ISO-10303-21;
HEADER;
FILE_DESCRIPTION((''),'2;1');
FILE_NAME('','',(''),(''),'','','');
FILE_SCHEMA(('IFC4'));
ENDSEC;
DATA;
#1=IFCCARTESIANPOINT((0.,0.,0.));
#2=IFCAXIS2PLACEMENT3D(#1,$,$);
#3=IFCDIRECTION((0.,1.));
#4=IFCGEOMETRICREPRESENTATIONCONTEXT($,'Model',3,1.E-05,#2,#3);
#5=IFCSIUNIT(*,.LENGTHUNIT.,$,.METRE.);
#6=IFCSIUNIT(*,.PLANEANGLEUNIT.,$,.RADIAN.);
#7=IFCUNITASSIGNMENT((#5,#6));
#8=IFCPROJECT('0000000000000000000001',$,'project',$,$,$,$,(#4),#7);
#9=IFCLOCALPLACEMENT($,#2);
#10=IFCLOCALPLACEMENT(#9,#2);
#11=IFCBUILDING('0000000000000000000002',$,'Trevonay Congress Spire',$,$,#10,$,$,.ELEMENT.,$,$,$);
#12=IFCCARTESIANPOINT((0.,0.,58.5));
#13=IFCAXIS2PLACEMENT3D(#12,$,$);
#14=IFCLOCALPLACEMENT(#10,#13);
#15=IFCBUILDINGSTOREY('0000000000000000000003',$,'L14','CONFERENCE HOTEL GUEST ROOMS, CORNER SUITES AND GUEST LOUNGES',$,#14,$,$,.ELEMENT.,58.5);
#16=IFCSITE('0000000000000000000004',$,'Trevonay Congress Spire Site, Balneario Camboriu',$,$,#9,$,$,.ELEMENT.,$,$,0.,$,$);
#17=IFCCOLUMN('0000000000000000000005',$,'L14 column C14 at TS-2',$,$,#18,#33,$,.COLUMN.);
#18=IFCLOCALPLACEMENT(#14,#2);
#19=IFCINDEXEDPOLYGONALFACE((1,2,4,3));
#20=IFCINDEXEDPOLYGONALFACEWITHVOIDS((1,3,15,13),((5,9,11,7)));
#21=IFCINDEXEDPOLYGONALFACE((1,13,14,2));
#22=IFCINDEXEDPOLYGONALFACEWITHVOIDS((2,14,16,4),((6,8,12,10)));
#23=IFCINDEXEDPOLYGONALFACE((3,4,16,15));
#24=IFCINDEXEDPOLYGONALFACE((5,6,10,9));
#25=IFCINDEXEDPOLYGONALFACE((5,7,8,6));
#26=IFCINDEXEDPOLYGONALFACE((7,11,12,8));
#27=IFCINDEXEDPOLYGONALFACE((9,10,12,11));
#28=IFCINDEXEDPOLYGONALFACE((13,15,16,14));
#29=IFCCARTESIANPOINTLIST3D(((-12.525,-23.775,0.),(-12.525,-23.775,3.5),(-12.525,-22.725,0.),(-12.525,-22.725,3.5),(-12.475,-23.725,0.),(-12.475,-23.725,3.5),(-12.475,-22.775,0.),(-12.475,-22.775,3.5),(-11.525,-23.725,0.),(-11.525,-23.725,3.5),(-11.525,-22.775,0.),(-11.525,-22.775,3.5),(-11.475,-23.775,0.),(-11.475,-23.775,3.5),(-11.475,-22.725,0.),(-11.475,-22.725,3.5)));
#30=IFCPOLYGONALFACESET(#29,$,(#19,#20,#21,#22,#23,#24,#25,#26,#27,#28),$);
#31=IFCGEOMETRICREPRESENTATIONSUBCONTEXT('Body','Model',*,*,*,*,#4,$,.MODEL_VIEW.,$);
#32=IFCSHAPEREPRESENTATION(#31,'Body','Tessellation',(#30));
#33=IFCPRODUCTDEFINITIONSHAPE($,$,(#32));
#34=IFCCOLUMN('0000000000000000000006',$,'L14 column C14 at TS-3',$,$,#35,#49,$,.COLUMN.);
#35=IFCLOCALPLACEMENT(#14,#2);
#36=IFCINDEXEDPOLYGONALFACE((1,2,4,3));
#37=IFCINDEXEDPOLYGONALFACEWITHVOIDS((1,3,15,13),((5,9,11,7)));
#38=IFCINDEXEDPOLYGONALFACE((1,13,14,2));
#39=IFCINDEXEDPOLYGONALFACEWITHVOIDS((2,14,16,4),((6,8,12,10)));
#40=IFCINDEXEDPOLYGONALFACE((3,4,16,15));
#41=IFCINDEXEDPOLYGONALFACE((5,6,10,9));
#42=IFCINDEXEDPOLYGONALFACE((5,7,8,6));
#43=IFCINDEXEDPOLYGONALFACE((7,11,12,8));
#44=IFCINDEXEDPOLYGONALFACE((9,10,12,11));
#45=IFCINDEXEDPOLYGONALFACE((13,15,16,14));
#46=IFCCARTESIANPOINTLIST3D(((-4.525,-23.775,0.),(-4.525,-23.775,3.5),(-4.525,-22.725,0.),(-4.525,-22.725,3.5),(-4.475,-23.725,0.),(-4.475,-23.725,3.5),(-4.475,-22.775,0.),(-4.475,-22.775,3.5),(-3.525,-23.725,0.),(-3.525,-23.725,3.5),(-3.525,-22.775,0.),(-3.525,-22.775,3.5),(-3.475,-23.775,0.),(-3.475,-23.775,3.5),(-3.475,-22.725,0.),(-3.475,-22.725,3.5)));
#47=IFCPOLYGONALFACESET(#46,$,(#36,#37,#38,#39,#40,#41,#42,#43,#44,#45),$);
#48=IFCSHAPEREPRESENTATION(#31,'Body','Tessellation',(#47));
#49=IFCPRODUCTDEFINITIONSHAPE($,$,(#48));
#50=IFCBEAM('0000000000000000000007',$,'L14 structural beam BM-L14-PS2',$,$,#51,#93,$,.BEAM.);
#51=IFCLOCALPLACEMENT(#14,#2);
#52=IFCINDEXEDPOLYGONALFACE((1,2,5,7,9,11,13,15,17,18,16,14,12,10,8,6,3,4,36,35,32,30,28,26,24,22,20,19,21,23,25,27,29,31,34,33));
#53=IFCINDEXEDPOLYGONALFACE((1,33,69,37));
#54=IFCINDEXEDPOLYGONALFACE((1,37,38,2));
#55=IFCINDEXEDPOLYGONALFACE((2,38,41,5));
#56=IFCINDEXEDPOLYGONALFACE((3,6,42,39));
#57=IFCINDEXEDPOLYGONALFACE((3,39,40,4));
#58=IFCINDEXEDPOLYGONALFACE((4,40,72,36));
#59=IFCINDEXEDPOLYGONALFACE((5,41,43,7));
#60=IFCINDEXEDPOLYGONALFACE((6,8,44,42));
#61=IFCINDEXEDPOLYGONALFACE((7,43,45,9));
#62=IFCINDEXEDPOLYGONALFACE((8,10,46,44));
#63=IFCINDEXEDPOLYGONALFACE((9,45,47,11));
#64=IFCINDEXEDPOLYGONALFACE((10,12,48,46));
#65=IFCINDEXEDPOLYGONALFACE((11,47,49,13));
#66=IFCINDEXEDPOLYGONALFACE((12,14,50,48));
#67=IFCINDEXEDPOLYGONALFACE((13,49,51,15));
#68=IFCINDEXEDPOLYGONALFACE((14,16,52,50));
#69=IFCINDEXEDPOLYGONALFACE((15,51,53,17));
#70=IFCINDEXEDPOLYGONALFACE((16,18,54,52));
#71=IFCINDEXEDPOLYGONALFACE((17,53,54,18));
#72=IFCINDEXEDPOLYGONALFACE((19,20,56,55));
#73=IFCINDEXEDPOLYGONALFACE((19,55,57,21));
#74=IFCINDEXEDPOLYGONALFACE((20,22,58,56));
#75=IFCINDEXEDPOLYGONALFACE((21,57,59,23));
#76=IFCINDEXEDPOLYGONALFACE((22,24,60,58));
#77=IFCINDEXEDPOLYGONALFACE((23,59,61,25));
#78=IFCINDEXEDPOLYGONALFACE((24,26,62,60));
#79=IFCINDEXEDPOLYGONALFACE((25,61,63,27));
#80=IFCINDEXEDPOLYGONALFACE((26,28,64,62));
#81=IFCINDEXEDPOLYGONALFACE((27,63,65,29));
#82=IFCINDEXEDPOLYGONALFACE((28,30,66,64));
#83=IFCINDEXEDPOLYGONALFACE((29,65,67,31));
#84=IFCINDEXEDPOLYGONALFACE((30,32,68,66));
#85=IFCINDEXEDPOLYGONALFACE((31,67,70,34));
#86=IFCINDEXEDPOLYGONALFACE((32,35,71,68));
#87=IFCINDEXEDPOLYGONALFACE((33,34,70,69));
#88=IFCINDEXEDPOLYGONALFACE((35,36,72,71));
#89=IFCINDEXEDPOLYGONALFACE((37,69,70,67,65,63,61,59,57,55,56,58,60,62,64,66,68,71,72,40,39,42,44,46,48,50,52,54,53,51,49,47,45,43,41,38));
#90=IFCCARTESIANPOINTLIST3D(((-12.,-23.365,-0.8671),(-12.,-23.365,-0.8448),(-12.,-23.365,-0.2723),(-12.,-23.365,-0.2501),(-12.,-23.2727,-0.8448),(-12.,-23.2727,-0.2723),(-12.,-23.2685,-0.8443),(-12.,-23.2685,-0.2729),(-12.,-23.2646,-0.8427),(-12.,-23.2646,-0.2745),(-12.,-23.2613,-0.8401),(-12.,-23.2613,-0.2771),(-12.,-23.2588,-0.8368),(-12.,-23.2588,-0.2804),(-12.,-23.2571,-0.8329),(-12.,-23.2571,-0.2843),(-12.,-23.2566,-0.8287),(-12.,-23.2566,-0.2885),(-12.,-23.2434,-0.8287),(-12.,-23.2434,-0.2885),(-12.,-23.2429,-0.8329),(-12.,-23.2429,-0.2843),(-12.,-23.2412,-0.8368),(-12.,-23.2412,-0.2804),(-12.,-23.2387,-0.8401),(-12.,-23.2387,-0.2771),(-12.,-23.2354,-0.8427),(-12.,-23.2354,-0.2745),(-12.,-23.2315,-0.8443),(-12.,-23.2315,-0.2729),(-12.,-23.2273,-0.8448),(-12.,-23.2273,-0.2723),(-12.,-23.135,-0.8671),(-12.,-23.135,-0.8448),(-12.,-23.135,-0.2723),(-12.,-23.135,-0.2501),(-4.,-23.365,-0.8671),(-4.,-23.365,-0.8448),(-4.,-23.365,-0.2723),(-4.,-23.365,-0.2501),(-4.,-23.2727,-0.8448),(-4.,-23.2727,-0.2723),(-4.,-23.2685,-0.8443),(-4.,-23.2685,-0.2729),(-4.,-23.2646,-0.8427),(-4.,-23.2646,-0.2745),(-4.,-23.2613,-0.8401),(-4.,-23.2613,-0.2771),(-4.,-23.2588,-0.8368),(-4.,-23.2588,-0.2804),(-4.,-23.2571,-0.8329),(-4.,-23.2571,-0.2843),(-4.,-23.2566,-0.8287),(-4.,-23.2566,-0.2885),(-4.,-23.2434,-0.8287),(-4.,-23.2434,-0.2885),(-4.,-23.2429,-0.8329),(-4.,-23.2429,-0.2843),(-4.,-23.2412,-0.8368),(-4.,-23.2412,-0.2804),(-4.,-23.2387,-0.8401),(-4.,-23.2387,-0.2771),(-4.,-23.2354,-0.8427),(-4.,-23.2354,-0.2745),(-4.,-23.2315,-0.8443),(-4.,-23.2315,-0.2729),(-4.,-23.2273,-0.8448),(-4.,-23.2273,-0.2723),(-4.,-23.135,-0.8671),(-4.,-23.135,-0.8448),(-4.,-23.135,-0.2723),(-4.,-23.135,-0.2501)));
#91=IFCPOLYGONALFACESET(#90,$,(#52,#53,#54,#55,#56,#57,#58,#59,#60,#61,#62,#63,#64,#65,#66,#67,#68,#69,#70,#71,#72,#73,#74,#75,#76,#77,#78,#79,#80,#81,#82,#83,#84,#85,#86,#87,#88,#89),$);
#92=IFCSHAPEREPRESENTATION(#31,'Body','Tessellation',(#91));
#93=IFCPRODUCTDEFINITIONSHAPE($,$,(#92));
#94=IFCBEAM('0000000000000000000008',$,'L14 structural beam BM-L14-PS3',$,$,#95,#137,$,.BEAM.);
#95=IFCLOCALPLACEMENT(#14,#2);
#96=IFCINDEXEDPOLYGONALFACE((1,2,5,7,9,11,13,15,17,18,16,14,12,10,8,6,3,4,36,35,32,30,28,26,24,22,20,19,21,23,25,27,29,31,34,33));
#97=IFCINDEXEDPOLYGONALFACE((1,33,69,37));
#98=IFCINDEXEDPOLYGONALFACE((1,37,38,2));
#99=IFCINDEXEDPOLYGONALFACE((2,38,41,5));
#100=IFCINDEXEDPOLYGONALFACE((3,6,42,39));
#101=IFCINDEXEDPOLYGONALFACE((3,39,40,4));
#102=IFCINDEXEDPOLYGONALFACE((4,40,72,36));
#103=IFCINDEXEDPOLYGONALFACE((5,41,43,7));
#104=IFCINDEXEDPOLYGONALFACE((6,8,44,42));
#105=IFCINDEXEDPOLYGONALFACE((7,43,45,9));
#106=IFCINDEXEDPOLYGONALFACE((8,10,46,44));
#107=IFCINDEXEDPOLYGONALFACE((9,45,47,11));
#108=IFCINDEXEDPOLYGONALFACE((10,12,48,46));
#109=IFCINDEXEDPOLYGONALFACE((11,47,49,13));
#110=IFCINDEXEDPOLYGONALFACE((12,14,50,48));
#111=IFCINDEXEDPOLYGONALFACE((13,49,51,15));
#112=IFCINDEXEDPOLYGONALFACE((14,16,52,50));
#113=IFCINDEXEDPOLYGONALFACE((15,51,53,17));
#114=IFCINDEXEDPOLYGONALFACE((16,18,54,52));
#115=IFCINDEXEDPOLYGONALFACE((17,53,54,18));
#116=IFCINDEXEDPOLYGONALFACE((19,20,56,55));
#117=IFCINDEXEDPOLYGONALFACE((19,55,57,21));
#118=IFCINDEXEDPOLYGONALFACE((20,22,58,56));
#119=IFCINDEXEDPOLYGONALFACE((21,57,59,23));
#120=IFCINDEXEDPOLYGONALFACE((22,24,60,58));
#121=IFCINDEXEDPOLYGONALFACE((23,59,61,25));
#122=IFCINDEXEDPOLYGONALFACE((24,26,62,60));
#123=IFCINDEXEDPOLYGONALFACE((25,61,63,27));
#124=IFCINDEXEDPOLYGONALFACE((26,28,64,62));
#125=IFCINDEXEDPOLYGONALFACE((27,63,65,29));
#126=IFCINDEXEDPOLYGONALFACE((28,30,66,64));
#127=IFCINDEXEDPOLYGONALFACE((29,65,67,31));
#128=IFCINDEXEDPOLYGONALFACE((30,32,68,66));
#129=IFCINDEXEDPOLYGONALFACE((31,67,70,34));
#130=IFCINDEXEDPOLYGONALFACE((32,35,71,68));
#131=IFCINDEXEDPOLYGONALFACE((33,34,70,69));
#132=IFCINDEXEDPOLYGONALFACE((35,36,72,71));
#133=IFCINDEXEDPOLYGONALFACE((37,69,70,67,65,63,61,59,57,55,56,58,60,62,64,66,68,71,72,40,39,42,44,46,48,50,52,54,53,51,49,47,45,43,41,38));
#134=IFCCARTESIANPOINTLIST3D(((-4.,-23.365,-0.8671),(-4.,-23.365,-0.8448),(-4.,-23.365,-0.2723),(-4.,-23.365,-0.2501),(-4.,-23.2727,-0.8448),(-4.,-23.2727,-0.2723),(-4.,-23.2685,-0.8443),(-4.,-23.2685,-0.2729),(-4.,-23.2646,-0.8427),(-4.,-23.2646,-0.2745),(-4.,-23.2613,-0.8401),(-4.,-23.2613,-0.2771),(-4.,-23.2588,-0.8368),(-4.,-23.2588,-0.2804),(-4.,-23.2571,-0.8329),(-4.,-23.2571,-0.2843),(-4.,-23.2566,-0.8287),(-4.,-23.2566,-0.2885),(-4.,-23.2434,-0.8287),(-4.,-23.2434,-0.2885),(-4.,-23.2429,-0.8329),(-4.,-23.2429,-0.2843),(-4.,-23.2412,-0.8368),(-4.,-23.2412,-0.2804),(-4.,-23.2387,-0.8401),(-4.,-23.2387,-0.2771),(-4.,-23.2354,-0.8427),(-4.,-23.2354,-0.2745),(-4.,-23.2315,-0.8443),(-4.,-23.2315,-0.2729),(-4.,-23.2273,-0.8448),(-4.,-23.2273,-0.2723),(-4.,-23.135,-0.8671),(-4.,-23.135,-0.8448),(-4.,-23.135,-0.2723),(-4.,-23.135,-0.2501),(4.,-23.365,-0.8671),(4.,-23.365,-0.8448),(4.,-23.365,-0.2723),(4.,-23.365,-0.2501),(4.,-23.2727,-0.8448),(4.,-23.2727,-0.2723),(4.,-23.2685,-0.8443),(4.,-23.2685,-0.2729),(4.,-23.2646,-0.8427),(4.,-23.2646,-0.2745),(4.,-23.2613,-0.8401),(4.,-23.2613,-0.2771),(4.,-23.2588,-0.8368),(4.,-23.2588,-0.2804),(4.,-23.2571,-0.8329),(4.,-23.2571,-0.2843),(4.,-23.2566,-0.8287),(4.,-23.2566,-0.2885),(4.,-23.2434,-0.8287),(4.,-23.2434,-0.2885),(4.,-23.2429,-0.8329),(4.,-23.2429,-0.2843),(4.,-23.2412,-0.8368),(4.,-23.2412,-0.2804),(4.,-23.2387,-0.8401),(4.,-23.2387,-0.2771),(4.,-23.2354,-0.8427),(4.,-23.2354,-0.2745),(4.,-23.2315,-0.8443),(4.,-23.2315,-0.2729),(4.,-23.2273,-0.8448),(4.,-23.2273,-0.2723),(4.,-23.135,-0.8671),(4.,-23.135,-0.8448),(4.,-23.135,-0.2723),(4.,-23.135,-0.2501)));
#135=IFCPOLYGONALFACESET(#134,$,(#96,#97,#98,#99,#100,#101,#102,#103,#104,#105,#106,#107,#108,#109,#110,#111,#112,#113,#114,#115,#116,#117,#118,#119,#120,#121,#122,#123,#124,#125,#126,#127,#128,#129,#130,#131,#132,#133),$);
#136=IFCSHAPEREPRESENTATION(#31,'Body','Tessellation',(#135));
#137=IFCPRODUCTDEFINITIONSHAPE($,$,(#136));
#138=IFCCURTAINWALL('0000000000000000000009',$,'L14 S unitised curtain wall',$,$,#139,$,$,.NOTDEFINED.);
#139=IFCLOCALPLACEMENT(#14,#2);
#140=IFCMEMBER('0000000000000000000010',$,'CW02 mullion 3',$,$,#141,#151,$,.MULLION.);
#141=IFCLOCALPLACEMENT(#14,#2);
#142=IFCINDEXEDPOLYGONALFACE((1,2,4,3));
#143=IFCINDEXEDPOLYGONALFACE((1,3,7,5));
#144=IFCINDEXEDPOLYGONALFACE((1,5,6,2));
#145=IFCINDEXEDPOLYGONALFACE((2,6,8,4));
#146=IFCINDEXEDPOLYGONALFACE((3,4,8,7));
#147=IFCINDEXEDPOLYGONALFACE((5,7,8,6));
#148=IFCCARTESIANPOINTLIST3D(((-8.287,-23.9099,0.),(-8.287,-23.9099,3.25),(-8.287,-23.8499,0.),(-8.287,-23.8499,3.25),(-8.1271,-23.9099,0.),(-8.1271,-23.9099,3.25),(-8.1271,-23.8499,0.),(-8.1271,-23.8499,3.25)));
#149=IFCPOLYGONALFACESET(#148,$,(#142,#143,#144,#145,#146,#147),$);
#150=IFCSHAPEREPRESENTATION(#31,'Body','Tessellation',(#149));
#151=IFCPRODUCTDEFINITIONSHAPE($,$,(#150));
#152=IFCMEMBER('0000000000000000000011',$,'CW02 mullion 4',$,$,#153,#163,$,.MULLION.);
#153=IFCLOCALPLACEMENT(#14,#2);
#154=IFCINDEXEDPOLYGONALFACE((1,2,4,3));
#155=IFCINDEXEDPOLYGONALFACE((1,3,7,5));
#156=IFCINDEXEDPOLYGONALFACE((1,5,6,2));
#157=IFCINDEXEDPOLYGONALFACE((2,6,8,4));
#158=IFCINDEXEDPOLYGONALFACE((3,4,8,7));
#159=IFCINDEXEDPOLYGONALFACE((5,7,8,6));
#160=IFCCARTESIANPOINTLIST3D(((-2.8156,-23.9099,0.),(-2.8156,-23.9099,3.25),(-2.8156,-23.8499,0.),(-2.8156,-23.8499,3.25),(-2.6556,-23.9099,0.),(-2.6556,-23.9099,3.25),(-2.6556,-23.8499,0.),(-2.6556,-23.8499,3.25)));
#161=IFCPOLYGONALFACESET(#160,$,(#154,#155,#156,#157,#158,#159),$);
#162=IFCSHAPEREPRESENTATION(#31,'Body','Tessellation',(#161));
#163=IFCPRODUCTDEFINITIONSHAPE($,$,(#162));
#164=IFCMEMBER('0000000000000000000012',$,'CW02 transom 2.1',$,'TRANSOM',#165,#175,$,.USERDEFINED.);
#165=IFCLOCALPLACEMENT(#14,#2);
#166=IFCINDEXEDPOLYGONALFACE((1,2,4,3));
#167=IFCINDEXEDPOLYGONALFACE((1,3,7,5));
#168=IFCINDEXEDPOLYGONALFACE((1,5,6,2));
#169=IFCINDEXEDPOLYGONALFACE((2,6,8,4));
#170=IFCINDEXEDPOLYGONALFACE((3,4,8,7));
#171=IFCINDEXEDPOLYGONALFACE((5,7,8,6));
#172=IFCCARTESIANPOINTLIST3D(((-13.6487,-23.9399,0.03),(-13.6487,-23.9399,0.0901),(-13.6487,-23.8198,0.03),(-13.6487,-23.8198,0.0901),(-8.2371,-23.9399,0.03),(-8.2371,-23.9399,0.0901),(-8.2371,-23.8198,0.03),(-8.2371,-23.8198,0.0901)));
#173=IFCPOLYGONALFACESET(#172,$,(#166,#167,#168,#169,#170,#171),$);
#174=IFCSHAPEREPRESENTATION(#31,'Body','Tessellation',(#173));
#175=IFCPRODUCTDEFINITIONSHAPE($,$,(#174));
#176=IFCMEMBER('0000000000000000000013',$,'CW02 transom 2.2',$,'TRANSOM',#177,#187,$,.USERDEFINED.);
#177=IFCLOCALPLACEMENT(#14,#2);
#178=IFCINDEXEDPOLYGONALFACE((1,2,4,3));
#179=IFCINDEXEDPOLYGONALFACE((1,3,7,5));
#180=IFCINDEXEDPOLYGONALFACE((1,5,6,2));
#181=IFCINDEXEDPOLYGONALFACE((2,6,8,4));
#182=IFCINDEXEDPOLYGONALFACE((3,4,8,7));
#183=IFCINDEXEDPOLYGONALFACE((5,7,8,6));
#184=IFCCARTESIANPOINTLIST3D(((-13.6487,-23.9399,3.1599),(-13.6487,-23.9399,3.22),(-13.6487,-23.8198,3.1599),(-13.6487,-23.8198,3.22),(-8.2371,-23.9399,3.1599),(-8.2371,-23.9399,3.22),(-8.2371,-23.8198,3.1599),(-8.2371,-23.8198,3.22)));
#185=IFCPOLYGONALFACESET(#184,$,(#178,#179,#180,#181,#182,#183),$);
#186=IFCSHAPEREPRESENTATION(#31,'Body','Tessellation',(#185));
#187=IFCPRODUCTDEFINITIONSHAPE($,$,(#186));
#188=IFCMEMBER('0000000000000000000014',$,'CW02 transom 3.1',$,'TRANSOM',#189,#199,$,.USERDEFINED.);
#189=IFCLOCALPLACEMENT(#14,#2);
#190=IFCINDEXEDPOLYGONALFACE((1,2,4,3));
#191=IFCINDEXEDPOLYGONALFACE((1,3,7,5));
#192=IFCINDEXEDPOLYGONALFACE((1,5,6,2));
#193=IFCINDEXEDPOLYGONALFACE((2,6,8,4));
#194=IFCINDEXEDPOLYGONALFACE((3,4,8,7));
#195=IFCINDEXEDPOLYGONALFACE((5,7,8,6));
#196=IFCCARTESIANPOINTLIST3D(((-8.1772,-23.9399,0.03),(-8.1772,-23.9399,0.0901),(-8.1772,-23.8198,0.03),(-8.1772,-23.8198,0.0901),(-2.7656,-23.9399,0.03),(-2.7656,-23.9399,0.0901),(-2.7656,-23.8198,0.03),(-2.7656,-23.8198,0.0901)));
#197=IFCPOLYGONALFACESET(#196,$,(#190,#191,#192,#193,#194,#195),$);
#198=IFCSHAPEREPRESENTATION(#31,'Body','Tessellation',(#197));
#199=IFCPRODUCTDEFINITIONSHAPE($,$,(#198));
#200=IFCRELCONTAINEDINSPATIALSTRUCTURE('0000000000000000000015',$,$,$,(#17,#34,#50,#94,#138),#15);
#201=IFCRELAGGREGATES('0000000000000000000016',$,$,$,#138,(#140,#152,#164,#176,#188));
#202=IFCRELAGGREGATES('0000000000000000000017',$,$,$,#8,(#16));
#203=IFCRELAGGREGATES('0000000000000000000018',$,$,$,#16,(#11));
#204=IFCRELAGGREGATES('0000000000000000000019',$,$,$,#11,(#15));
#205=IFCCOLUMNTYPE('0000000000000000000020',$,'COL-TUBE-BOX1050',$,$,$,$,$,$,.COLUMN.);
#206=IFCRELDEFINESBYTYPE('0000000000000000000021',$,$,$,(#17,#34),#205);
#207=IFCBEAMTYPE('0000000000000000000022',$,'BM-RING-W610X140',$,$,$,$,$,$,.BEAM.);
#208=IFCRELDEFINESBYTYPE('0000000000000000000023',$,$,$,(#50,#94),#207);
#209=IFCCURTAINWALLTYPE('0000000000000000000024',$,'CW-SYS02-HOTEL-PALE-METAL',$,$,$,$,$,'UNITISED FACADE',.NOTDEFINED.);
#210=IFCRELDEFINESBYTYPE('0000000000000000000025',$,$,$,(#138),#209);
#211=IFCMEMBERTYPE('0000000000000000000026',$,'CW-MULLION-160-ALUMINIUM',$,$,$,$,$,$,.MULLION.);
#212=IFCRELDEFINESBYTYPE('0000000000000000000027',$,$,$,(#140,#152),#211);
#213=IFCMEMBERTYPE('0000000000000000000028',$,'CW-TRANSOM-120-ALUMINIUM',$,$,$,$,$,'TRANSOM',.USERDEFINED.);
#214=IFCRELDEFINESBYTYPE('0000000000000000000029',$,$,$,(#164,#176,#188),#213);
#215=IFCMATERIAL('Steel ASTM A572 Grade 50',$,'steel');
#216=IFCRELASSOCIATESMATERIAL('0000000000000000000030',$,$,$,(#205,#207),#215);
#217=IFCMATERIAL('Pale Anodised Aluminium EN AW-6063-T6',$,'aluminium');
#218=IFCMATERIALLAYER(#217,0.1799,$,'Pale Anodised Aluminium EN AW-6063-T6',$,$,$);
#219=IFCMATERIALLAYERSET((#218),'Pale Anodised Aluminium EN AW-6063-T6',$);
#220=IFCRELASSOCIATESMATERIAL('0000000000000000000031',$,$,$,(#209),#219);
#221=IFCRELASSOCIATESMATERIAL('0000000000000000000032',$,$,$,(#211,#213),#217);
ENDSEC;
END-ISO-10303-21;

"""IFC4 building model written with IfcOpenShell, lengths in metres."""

from ifc_helpers import new_model, si_unit, direction, frame, origin, origin_2d, place, context, subcontext, project, spatial, rectangle, hollow_rectangle, i_section, extrude, material, layer, layer_set, material_profile, profile_set, type_object, element, aggregate, save


model = new_model("IFC4")

# Units and contexts
model_context = context("Model", 3, precision=1e-05, world=origin(), true_north=direction((0.0, 1.0)))
body_context = subcontext(model_context, "Body", "Model", "MODEL_VIEW")
ifc_project = project(units=[si_unit("LENGTHUNIT", "METRE"), si_unit("PLANEANGLEUNIT", "RADIAN")], contexts=[model_context])

# Site, building, storey
site_placement = place(None, origin())
site = spatial("IfcSite", under=ifc_project, at=site_placement, Name="Trevonay Congress Spire Site, Balneario Camboriu", CompositionType="ELEMENT", RefElevation=0.0)
building_placement = place(site_placement, origin())
building = spatial("IfcBuilding", under=site, at=building_placement, Name="Trevonay Congress Spire", CompositionType="ELEMENT")
storey_placement = place(building_placement, frame((0.0, 0.0, 58.5)))
storey = spatial("IfcBuildingStorey", under=building, at=storey_placement, Name="L14", Description="CONFERENCE HOTEL GUEST ROOMS, CORNER SUITES AND GUEST LOUNGES", CompositionType="ELEMENT", Elevation=58.5)

# Columns
ifc_material_1 = material(Name="Steel ASTM A572 Grade 50", Category="steel")
ifc_material_profile_1 = material_profile(ifc_material_1, hollow_rectangle(XDim=1.05, YDim=1.05, WallThickness=0.05, at=origin_2d()), Name="BOX 1050x1050x50")
ifc_profile_set_1 = profile_set([ifc_material_profile_1], Name="Steel ASTM A572 Grade 50")
column_type = type_object("IfcColumnType", Name="COL-TUBE-BOX1050", PredefinedType="COLUMN", material=ifc_profile_set_1)
for number, where, z_axis, x_axis, name in (
    (1, (-12.0, -23.25, 0.0), (0.0, 0.0, 1.0), (1.0, 0.0, 0.0), "L14 column C14 at TS-2"),
    (2, (-4.0, -23.25, 0.0), (0.0, 0.0, 1.0), (1.0, 0.0, 0.0), "L14 column C14 at TS-3"),
):
    element("IfcColumn", number, at=place(storey_placement, frame(where, z_axis=z_axis, x_axis=x_axis)), inside=storey, type_object=column_type, Name=name, PredefinedType="COLUMN", context=body_context, shape_type="SweptSolid", body=[
        extrude(hollow_rectangle(XDim=1.05, YDim=1.05, WallThickness=0.05, at=origin_2d()), origin(), (0.0, 0.0, 1.0), 3.5),
    ])

# Beams
ifc_material_profile_2 = material_profile(ifc_material_1, i_section(OverallWidth=0.23, OverallDepth=0.6169, WebThickness=0.0132, FlangeThickness=0.0222, FilletRadius=0.0161, at=origin_2d()), Name="W610x140")
ifc_profile_set_2 = profile_set([ifc_material_profile_2], Name="Steel ASTM A572 Grade 50")
beam_type = type_object("IfcBeamType", Name="BM-RING-W610X140", PredefinedType="BEAM", material=ifc_profile_set_2)
for number, where, z_axis, x_axis, name in (
    (3, (-12.0, -23.25, -0.5586), (1.0, 0.0, 0.0), (0.0, 1.0, 0.0), "L14 structural beam BM-L14-PS2"),
    (4, (-4.0, -23.25, -0.5586), (1.0, 0.0, 0.0), (0.0, 1.0, 0.0), "L14 structural beam BM-L14-PS3"),
):
    element("IfcBeam", number, at=place(storey_placement, frame(where, z_axis=z_axis, x_axis=x_axis)), inside=storey, type_object=beam_type, Name=name, PredefinedType="BEAM", context=body_context, shape_type="SweptSolid", body=[
        extrude(i_section(OverallWidth=0.23, OverallDepth=0.6169, WebThickness=0.0132, FlangeThickness=0.0222, FilletRadius=0.0161, at=origin_2d()), origin(), (0.0, 0.0, 1.0), 8.0),
    ])

# Curtain wall, members
ifc_material_2 = material(Name="Pale Anodised Aluminium EN AW-6063-T6", Category="aluminium")
ifc_layer_1 = layer(ifc_material_2, 0.1799, Name="Pale Anodised Aluminium EN AW-6063-T6")
ifc_layer_set_1 = layer_set([ifc_layer_1], Name="Pale Anodised Aluminium EN AW-6063-T6")
curtain_wall_type = type_object("IfcCurtainWallType", Name="CW-SYS02-HOTEL-PALE-METAL", ElementType="UNITISED FACADE", PredefinedType="NOTDEFINED", material=ifc_layer_set_1)
curtain_wall_placement = place(storey_placement, origin())
curtain_wall = element("IfcCurtainWall", 5, at=curtain_wall_placement, inside=storey, type_object=curtain_wall_type, Name="L14 S unitised curtain wall", PredefinedType="NOTDEFINED")
ifc_material_profile_3 = material_profile(ifc_material_2, rectangle(XDim=0.0601, YDim=0.1599, at=origin_2d()), Name="CW-MULLION-160-ALUMINIUM")
ifc_profile_set_3 = profile_set([ifc_material_profile_3], Name="Pale Anodised Aluminium EN AW-6063-T6")
member_type_1 = type_object("IfcMemberType", Name="CW-MULLION-160-ALUMINIUM", PredefinedType="MULLION", material=ifc_profile_set_3)
member_1_placement = place(storey_placement, frame((-8.207, -23.8799, 0.0), z_axis=(0.0, 0.0, 1.0), x_axis=(0.0, 1.0, 0.0)))
member_1 = element("IfcMember", 6, at=member_1_placement, type_object=member_type_1, Name="CW02 mullion 3", PredefinedType="MULLION", context=body_context, shape_type="SweptSolid", body=[
    extrude(rectangle(XDim=0.0601, YDim=0.1599, at=origin_2d()), origin(), (0.0, 0.0, 1.0), 3.25),
])
member_2_placement = place(storey_placement, frame((-2.7356, -23.8799, 0.0), z_axis=(0.0, 0.0, 1.0), x_axis=(0.0, 1.0, 0.0)))
member_2 = element("IfcMember", 7, at=member_2_placement, type_object=member_type_1, Name="CW02 mullion 4", PredefinedType="MULLION", context=body_context, shape_type="SweptSolid", body=[
    extrude(rectangle(XDim=0.0601, YDim=0.1599, at=origin_2d()), origin(), (0.0, 0.0, 1.0), 3.25),
])
ifc_material_profile_4 = material_profile(ifc_material_2, rectangle(XDim=0.1201, YDim=0.0601, at=origin_2d()), Name="CW-TRANSOM-120-ALUMINIUM")
ifc_profile_set_4 = profile_set([ifc_material_profile_4], Name="Pale Anodised Aluminium EN AW-6063-T6")
member_type_2 = type_object("IfcMemberType", Name="CW-TRANSOM-120-ALUMINIUM", ElementType="TRANSOM", PredefinedType="USERDEFINED", material=ifc_profile_set_4)
member_3_placement = place(storey_placement, frame((-13.6487, -23.8799, 0.0601), z_axis=(1.0, 0.0, 0.0), x_axis=(0.0, 1.0, 0.0)))
member_3 = element("IfcMember", 8, at=member_3_placement, type_object=member_type_2, Name="CW02 transom 2.1", ObjectType="TRANSOM", PredefinedType="USERDEFINED", context=body_context, shape_type="SweptSolid", body=[
    extrude(rectangle(XDim=0.1201, YDim=0.0601, at=origin_2d()), origin(), (0.0, 0.0, 1.0), 5.4116),
])
member_4_placement = place(storey_placement, frame((-13.6487, -23.8799, 3.1899), z_axis=(1.0, 0.0, 0.0), x_axis=(0.0, 1.0, 0.0)))
member_4 = element("IfcMember", 9, at=member_4_placement, type_object=member_type_2, Name="CW02 transom 2.2", ObjectType="TRANSOM", PredefinedType="USERDEFINED", context=body_context, shape_type="SweptSolid", body=[
    extrude(rectangle(XDim=0.1201, YDim=0.0601, at=origin_2d()), origin(), (0.0, 0.0, 1.0), 5.4116),
])
member_5_placement = place(storey_placement, frame((-8.1772, -23.8799, 0.0601), z_axis=(1.0, 0.0, 0.0), x_axis=(0.0, 1.0, 0.0)))
member_5 = element("IfcMember", 10, at=member_5_placement, type_object=member_type_2, Name="CW02 transom 3.1", ObjectType="TRANSOM", PredefinedType="USERDEFINED", context=body_context, shape_type="SweptSolid", body=[
    extrude(rectangle(XDim=0.1201, YDim=0.0601, at=origin_2d()), origin(), (0.0, 0.0, 1.0), 5.4116),
])
aggregate(curtain_wall, [member_1, member_2, member_3, member_4, member_5])

save(model, "model.ifc")
